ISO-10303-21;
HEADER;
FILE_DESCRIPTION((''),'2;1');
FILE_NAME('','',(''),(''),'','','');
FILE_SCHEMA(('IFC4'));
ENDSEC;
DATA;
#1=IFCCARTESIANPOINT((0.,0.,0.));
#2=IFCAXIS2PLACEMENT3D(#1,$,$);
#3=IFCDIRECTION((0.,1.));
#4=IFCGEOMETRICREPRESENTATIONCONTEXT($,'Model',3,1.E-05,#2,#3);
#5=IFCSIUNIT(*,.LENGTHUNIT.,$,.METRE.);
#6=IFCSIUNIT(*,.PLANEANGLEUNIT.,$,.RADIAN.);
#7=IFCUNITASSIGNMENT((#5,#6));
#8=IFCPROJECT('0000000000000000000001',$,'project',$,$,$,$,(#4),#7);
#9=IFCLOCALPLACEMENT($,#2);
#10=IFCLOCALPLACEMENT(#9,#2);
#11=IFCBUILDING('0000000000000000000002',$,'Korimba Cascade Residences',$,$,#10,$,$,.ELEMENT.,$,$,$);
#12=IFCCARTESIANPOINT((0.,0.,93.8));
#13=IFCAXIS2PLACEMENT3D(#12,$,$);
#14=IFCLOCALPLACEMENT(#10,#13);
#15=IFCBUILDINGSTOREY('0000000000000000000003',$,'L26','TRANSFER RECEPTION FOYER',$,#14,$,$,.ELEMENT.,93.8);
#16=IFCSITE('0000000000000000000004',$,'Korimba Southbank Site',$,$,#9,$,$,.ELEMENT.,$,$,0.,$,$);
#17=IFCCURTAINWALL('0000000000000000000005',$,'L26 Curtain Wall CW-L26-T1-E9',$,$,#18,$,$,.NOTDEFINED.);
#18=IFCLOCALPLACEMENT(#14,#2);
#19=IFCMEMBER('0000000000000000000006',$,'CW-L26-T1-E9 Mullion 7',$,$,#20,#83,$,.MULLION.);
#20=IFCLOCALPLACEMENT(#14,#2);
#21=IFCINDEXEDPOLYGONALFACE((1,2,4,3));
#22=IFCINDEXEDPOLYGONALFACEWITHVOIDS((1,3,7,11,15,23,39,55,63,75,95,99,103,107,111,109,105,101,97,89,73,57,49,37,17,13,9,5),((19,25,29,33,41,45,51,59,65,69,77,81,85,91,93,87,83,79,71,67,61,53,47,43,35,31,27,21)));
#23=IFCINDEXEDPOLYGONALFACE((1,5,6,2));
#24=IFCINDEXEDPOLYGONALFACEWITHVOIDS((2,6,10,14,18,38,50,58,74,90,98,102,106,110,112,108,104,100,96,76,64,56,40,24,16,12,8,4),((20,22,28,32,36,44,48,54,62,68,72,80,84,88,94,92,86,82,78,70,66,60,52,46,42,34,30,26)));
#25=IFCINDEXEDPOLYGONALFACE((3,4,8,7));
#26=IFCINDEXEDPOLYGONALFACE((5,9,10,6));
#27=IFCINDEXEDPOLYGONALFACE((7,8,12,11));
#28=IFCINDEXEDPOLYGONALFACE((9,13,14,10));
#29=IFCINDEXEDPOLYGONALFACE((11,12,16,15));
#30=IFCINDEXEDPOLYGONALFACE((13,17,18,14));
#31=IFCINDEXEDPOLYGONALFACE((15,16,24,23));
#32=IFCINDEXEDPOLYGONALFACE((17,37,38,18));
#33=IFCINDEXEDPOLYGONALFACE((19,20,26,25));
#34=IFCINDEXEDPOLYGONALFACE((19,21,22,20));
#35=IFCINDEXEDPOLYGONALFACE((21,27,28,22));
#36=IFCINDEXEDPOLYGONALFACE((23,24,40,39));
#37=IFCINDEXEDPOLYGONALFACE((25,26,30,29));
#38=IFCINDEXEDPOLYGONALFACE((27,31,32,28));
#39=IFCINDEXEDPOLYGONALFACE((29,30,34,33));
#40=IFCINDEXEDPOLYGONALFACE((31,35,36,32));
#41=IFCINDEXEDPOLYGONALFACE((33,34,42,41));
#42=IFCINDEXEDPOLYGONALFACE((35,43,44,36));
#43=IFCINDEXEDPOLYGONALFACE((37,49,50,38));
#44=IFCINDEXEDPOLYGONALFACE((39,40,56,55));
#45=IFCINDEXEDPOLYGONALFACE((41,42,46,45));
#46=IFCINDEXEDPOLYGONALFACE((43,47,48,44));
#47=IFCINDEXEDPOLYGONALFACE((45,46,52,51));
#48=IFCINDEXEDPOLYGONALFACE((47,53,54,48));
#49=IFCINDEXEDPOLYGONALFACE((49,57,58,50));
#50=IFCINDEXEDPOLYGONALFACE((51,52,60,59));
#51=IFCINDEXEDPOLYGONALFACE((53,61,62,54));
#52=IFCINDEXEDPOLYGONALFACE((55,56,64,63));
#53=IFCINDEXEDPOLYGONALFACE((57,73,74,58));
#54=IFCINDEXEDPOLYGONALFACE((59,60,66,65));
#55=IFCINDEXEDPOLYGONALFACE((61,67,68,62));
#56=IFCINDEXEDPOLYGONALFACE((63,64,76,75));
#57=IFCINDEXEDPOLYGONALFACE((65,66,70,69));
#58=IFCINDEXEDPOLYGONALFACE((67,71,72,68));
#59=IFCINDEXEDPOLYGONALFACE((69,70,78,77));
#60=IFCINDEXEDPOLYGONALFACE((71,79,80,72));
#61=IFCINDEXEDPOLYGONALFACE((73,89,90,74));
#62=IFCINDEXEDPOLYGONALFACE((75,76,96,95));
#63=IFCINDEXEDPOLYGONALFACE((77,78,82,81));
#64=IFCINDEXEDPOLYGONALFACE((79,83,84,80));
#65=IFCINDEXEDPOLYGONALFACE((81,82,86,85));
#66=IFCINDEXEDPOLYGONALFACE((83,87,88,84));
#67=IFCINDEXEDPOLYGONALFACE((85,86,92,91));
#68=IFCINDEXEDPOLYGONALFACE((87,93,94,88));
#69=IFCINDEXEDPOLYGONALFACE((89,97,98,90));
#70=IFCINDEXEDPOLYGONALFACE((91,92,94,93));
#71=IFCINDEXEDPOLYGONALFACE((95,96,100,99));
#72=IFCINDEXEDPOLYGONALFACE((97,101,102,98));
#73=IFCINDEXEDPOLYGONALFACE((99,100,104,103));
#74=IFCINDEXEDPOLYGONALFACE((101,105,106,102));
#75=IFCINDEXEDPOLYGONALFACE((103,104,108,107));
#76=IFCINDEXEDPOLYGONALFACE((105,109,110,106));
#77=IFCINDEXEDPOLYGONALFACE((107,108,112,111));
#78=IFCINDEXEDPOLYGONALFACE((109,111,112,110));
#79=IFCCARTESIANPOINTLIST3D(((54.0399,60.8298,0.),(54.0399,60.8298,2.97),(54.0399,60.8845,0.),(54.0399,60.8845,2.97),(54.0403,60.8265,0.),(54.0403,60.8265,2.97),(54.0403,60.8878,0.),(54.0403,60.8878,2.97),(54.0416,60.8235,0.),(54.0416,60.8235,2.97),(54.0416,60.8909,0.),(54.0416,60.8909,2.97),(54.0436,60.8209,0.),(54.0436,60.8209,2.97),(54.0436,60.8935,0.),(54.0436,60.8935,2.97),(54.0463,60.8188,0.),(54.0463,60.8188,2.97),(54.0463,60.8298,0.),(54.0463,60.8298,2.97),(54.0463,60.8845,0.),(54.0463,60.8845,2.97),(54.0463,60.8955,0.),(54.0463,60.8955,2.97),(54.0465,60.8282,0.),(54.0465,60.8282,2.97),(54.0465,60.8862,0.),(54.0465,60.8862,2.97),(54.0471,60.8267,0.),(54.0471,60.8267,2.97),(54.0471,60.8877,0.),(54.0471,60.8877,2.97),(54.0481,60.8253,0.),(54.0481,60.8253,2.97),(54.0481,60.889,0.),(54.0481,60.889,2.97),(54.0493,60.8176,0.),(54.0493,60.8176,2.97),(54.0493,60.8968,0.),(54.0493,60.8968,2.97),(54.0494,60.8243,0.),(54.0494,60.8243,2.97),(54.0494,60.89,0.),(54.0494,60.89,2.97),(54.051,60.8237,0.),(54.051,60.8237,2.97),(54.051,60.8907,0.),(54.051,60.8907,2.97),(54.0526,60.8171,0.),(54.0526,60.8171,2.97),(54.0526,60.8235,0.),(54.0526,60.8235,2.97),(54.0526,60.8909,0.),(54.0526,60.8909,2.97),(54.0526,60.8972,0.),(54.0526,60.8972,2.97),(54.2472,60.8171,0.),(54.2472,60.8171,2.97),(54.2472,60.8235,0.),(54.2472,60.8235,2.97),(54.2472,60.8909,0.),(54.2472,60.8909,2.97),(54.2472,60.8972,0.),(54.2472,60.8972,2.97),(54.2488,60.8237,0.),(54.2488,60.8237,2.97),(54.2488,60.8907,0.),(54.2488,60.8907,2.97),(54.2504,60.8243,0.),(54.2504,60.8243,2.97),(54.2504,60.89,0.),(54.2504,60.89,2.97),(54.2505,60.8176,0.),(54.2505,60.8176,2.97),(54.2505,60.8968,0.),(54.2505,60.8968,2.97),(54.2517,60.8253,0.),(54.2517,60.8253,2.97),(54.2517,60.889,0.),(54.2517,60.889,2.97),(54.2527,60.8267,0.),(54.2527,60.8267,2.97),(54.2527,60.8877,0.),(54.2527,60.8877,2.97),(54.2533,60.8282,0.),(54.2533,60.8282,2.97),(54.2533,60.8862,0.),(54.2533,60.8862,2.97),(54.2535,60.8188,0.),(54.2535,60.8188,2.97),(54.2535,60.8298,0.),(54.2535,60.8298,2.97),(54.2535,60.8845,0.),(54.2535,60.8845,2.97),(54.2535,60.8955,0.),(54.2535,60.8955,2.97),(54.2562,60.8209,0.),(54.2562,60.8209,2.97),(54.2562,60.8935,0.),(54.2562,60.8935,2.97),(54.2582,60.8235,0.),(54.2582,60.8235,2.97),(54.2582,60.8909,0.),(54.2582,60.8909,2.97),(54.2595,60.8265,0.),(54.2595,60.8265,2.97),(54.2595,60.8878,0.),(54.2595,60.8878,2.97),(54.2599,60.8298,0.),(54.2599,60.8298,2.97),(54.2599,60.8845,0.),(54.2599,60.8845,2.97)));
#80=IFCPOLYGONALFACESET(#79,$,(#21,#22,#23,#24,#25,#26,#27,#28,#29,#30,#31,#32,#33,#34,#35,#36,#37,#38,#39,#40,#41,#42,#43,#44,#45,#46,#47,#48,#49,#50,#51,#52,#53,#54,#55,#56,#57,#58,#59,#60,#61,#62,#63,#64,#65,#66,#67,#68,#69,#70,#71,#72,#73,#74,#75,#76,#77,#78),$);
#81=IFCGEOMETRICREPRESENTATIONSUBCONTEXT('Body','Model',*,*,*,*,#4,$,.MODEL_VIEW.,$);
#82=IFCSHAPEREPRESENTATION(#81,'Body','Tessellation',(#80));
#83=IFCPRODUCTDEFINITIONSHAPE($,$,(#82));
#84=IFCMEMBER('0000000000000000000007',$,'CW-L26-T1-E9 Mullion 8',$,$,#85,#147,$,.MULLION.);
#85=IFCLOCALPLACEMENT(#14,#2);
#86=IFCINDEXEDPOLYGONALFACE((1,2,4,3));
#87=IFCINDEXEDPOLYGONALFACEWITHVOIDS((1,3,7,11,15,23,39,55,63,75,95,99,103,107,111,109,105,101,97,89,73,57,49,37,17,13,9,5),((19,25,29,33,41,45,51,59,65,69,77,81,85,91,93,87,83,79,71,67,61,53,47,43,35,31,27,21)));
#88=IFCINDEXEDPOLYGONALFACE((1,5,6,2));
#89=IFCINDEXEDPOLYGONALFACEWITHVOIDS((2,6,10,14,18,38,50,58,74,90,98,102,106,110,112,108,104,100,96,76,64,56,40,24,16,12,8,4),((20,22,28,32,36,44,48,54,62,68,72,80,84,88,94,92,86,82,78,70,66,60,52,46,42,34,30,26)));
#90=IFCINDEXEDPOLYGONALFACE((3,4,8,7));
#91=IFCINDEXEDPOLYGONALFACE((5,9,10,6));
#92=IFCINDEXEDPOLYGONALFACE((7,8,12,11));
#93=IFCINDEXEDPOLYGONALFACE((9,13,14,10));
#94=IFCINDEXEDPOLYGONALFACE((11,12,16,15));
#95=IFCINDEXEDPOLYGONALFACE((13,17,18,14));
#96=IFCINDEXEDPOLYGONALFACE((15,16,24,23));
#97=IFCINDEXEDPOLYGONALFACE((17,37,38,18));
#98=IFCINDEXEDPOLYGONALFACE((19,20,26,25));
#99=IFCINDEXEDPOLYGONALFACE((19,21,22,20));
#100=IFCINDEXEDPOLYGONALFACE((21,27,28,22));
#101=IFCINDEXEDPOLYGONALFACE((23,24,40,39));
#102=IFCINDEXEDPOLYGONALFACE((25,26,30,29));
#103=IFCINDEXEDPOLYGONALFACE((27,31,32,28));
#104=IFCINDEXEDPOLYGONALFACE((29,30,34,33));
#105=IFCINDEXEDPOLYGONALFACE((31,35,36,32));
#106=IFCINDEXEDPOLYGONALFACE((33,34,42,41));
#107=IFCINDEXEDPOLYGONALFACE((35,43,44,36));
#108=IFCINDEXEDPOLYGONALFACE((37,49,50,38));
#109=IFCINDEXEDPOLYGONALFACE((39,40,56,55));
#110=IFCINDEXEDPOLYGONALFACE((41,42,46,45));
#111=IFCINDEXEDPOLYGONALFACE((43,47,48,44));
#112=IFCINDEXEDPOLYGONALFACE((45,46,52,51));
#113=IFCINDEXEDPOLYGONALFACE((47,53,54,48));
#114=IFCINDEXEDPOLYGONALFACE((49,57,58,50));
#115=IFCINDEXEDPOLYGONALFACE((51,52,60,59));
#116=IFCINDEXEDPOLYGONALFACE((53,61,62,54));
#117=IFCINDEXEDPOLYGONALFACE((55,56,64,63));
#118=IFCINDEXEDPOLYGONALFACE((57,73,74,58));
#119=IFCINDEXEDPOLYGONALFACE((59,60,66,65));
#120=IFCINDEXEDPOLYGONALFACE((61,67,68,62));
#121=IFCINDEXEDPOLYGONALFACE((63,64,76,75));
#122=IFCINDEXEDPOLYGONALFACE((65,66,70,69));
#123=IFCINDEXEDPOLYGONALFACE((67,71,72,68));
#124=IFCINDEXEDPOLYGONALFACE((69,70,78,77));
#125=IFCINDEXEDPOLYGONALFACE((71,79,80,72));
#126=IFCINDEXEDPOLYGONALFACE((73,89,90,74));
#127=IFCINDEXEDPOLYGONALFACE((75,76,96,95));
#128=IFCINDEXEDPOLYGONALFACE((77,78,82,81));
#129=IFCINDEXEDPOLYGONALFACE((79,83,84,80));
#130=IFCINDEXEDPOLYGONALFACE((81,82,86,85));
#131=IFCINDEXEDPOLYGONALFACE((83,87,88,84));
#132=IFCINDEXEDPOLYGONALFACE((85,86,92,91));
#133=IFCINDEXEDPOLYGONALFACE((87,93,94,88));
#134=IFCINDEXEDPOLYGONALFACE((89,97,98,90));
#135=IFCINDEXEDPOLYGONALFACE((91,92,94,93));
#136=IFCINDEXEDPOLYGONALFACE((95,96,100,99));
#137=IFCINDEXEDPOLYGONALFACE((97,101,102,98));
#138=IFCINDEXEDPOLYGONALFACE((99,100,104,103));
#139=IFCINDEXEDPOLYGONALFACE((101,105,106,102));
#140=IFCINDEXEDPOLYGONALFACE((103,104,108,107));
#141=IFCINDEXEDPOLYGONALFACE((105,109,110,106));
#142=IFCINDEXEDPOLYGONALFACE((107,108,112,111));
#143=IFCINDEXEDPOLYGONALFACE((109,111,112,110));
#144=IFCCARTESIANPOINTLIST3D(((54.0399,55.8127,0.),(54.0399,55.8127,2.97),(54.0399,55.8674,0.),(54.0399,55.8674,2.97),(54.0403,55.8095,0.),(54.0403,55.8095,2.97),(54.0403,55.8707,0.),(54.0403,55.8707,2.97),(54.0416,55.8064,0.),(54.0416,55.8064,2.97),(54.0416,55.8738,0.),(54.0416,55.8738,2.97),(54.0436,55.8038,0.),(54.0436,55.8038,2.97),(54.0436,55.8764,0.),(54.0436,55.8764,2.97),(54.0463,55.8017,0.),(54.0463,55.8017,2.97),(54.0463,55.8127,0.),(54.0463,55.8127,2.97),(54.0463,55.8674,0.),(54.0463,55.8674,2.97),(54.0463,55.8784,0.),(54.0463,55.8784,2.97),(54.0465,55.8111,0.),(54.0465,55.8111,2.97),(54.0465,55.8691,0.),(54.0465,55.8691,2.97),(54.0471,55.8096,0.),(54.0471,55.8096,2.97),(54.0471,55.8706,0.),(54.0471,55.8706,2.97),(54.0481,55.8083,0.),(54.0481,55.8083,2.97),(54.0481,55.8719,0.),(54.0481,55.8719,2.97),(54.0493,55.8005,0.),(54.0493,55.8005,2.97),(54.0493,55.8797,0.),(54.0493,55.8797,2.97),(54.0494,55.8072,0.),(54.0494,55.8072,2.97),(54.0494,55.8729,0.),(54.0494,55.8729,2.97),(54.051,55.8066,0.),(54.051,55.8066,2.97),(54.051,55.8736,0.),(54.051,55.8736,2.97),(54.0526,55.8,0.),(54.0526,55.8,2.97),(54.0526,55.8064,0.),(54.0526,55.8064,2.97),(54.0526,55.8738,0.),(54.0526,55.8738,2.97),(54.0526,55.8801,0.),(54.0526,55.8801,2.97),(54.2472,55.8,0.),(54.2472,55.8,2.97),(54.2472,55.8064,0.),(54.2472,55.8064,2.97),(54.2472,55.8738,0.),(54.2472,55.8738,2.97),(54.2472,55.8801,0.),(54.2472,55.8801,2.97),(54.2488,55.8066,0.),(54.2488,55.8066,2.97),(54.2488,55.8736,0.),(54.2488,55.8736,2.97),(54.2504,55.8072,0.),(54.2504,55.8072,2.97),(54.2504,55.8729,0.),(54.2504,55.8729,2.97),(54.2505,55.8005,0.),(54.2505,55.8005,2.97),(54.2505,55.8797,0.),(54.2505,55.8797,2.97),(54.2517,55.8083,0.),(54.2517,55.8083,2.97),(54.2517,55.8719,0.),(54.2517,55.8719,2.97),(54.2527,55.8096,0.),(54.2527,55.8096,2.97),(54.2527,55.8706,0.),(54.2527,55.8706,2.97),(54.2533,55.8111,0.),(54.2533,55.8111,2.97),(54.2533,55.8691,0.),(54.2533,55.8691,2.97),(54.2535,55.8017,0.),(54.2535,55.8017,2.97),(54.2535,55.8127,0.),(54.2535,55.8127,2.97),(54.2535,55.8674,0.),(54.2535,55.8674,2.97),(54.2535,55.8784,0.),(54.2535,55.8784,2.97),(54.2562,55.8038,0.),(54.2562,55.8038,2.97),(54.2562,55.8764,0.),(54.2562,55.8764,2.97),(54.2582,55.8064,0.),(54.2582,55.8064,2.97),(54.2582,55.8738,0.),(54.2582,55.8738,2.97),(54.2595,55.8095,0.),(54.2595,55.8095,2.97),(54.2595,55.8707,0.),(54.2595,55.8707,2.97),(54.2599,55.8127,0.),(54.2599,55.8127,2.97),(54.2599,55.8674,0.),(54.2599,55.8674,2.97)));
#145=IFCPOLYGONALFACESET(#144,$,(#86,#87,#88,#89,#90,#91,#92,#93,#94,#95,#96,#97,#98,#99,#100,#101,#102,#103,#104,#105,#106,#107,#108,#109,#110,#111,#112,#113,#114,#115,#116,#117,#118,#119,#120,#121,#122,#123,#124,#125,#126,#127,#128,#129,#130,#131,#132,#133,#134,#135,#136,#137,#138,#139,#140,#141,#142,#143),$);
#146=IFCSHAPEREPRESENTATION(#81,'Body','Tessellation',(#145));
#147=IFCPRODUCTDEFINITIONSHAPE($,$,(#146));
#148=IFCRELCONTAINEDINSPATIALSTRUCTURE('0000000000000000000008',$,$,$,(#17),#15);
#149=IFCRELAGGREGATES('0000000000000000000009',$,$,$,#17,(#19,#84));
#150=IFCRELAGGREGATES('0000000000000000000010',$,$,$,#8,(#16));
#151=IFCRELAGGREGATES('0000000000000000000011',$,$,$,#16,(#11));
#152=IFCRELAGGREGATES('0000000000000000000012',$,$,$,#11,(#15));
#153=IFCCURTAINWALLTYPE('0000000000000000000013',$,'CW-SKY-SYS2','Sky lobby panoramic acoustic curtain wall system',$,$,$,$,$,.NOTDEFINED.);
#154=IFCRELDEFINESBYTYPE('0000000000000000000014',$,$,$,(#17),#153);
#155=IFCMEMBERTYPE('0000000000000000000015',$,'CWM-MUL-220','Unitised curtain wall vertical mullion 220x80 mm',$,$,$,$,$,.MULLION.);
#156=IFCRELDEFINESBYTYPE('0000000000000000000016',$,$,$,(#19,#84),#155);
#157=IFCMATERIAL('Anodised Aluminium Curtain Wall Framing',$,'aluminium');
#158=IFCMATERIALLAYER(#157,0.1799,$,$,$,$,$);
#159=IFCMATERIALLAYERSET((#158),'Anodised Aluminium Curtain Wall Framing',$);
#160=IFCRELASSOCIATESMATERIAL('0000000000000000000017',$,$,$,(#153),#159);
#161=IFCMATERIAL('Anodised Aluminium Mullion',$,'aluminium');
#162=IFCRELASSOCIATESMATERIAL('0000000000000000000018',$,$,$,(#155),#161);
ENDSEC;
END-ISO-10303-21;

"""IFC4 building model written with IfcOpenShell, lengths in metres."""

from ifc_helpers import new_model, si_unit, direction, frame, origin, origin_2d, place, context, subcontext, project, spatial, hollow_rectangle, extrude, material, layer, layer_set, material_profile, profile_set, type_object, element, aggregate, save


model = new_model("IFC4")

# Units and contexts
model_context = context("Model", 3, precision=1e-05, world=origin(), true_north=direction((0.0, 1.0)))
body_context = subcontext(model_context, "Body", "Model", "MODEL_VIEW")
ifc_project = project(units=[si_unit("LENGTHUNIT", "METRE"), si_unit("PLANEANGLEUNIT", "RADIAN")], contexts=[model_context])

# Site, building, storey
site_placement = place(None, origin())
site = spatial("IfcSite", under=ifc_project, at=site_placement, Name="Korimba Southbank Site", CompositionType="ELEMENT", RefElevation=0.0)
building_placement = place(site_placement, origin())
building = spatial("IfcBuilding", under=site, at=building_placement, Name="Korimba Cascade Residences", CompositionType="ELEMENT")
storey_placement = place(building_placement, frame((0.0, 0.0, 93.8)))
storey = spatial("IfcBuildingStorey", under=building, at=storey_placement, Name="L26", Description="TRANSFER RECEPTION FOYER", CompositionType="ELEMENT", Elevation=93.8)

# Curtain wall, members
ifc_material_1 = material(Name="Anodised Aluminium Curtain Wall Framing", Category="aluminium")
ifc_layer_1 = layer(ifc_material_1, 0.1799)
ifc_layer_set_1 = layer_set([ifc_layer_1], Name="Anodised Aluminium Curtain Wall Framing")
curtain_wall_type = type_object("IfcCurtainWallType", Name="CW-SKY-SYS2", Description="Sky lobby panoramic acoustic curtain wall system", PredefinedType="NOTDEFINED", material=ifc_layer_set_1)
curtain_wall_placement = place(storey_placement, origin())
curtain_wall = element("IfcCurtainWall", 1, at=curtain_wall_placement, inside=storey, type_object=curtain_wall_type, Name="L26 Curtain Wall CW-L26-T1-E9", PredefinedType="NOTDEFINED")
ifc_material_2 = material(Name="Anodised Aluminium Mullion", Category="aluminium")
ifc_material_profile_1 = material_profile(ifc_material_2, hollow_rectangle(XDim=0.0801, YDim=0.22, WallThickness=0.0063, InnerFilletRadius=0.0063, OuterFilletRadius=0.0127, at=origin_2d()), Name="Anodised Aluminium Mullion")
ifc_profile_set_1 = profile_set([ifc_material_profile_1], Name="Anodised Aluminium Mullion")
member_type_1 = type_object("IfcMemberType", Name="CWM-MUL-220", Description="Unitised curtain wall vertical mullion 220x80 mm", PredefinedType="MULLION", material=ifc_profile_set_1)
member_1_placement = place(storey_placement, frame((54.1499, 60.8572, 0.0), z_axis=(0.0, 0.0, 1.0), x_axis=(0.0, -1.0, 0.0)))
member_1 = element("IfcMember", 2, at=member_1_placement, type_object=member_type_1, Name="CW-L26-T1-E9 Mullion 7", PredefinedType="MULLION", context=body_context, shape_type="SweptSolid", body=[
    extrude(hollow_rectangle(XDim=0.0801, YDim=0.22, WallThickness=0.0063, InnerFilletRadius=0.0063, OuterFilletRadius=0.0127, at=origin_2d()), origin(), (0.0, 0.0, 1.0), 2.97),
])
member_2_placement = place(storey_placement, frame((54.1499, 55.8401, 0.0), z_axis=(0.0, 0.0, 1.0), x_axis=(0.0, -1.0, 0.0)))
member_2 = element("IfcMember", 3, at=member_2_placement, type_object=member_type_1, Name="CW-L26-T1-E9 Mullion 8", PredefinedType="MULLION", context=body_context, shape_type="SweptSolid", body=[
    extrude(hollow_rectangle(XDim=0.0801, YDim=0.22, WallThickness=0.0063, InnerFilletRadius=0.0063, OuterFilletRadius=0.0127, at=origin_2d()), origin(), (0.0, 0.0, 1.0), 2.97),
])
aggregate(curtain_wall, [member_1, member_2])

save(model, "model.ifc")
